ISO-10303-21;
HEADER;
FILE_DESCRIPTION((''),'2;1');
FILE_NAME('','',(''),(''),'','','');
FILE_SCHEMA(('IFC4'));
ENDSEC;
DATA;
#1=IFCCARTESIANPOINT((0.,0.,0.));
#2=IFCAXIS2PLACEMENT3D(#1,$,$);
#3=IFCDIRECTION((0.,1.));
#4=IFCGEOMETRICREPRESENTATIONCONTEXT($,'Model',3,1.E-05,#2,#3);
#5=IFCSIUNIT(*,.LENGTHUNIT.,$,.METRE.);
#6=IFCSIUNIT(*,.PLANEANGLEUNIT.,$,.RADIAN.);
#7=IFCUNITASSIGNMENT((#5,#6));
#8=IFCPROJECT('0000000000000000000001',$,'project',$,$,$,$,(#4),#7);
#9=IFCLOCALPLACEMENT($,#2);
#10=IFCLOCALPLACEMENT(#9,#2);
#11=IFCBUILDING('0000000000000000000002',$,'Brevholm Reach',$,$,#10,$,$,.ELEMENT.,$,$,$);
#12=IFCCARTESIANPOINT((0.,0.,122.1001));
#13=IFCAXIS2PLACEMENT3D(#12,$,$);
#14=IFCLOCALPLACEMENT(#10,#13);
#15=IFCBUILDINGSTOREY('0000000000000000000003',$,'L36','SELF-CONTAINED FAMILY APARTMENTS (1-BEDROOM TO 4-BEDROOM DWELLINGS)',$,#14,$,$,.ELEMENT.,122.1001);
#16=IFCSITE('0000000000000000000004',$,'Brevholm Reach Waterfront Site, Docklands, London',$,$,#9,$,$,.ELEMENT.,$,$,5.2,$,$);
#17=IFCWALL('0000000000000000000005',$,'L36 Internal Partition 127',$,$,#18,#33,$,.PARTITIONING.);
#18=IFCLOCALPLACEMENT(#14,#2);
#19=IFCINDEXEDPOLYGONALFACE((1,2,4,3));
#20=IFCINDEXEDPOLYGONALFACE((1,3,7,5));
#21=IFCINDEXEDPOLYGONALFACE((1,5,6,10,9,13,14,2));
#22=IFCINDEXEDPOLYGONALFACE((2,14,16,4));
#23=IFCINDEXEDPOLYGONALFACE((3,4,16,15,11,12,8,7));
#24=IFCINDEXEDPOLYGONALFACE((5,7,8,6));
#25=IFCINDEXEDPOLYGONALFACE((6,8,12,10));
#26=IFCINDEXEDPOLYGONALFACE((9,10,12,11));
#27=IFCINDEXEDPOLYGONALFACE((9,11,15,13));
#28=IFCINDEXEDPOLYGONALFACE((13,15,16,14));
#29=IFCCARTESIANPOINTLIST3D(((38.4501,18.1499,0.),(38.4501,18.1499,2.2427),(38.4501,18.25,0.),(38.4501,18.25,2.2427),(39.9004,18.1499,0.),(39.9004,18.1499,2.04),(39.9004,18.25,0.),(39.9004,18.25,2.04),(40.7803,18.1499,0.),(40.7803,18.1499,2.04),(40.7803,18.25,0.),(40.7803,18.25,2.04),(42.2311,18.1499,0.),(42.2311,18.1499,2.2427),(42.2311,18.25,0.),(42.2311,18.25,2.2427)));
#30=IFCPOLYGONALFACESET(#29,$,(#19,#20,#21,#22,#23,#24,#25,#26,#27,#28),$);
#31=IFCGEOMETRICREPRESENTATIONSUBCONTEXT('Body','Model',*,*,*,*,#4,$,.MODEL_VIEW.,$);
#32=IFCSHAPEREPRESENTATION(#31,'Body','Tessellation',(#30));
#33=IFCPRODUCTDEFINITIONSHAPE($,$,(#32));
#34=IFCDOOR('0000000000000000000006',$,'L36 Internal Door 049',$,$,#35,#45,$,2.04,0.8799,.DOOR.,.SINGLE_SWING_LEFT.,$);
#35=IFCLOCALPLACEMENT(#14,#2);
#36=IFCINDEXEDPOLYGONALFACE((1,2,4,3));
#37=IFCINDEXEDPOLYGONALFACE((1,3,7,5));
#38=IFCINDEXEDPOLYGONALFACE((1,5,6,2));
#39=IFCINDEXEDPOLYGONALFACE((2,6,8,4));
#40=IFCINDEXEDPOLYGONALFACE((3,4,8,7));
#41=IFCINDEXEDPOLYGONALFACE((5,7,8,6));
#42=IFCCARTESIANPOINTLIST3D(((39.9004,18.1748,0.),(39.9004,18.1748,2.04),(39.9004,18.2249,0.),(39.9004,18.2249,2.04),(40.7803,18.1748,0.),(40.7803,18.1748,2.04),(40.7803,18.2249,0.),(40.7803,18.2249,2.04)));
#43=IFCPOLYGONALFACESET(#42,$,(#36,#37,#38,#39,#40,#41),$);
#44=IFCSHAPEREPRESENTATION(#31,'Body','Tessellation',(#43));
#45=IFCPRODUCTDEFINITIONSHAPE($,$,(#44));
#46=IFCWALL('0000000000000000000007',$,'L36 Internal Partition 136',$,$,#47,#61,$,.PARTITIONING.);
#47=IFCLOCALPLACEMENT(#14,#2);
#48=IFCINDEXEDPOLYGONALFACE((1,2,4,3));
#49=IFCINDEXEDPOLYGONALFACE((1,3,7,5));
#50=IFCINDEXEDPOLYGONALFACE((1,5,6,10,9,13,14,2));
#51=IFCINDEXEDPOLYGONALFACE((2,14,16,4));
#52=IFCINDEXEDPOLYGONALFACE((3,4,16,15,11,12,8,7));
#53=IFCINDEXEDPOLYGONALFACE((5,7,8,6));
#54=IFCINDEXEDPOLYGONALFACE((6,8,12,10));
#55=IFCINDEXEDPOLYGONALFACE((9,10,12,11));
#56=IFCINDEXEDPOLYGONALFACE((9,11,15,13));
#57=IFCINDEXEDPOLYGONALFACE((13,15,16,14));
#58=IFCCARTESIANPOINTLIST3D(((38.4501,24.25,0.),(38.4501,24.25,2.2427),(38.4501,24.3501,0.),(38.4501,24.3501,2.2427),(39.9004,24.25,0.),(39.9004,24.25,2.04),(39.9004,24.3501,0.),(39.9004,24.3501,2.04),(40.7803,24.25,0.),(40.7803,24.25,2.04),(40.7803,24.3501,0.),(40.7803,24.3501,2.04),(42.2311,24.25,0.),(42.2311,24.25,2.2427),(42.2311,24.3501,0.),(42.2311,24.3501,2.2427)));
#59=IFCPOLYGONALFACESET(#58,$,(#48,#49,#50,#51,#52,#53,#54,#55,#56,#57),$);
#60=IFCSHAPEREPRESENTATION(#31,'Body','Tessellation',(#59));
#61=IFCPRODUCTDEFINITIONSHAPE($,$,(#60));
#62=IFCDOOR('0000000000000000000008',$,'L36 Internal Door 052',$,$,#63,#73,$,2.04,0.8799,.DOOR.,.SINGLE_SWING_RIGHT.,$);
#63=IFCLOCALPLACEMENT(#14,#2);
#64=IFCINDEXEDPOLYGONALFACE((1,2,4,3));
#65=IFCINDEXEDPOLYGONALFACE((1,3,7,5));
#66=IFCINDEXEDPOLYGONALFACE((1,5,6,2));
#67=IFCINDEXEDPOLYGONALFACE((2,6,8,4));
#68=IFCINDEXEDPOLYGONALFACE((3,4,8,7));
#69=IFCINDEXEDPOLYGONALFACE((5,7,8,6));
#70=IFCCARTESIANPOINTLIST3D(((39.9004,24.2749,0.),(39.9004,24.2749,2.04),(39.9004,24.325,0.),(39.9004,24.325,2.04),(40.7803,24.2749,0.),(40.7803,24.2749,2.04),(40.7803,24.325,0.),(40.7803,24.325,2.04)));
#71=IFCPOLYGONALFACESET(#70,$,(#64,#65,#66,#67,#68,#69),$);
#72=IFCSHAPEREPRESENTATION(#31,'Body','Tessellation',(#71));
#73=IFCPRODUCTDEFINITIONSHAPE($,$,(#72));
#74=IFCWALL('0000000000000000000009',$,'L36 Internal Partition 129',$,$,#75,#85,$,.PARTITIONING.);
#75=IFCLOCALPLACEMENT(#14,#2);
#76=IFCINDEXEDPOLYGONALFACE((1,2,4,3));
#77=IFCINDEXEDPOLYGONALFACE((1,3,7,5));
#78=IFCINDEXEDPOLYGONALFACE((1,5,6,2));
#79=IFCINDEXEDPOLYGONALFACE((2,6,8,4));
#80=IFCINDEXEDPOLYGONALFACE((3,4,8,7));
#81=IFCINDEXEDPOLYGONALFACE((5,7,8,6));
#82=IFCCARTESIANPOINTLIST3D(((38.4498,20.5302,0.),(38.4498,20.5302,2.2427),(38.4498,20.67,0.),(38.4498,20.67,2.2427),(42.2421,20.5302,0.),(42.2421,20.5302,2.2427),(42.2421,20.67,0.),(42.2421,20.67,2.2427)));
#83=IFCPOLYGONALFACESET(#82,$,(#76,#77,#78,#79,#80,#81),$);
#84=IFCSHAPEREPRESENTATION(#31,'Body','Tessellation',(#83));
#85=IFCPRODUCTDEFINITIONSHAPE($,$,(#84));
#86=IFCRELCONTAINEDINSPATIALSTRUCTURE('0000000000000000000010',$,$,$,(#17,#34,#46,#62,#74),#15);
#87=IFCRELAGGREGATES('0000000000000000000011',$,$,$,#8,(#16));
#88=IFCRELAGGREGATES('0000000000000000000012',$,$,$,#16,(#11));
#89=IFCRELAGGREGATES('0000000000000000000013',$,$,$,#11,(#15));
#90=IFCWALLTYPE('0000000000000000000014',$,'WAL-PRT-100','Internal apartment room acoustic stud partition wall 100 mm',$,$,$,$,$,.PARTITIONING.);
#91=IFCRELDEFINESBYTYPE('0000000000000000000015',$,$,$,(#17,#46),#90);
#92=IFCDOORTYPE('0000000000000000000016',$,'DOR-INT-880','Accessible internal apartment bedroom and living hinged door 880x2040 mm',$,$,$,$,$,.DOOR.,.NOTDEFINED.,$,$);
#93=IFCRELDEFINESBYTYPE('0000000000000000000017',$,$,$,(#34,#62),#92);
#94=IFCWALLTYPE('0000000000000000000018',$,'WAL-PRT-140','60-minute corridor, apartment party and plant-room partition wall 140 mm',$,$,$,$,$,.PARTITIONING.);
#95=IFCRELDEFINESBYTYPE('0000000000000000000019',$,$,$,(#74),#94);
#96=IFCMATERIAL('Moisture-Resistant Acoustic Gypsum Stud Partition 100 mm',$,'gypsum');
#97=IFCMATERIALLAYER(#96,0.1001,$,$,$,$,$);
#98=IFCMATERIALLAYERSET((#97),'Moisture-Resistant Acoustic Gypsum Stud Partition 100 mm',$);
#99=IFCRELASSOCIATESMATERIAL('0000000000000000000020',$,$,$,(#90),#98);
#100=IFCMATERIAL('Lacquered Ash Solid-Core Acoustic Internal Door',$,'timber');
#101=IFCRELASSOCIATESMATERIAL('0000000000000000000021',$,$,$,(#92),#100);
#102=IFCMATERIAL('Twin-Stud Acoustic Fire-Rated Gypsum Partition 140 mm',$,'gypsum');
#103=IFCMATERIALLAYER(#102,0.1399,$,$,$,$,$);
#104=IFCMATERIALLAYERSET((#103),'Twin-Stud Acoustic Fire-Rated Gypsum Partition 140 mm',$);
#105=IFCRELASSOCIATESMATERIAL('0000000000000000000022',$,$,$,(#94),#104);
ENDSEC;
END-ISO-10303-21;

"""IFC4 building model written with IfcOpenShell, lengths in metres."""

from ifc_helpers import new_model, si_unit, direction, frame, frame_2d, origin, place, context, subcontext, project, spatial, rectangle, extrude, material, layer, layer_set, type_object, element, fill, save


model = new_model("IFC4")

# Units and contexts
model_context = context("Model", 3, precision=1e-05, world=origin(), true_north=direction((0.0, 1.0)))
body_context = subcontext(model_context, "Body", "Model", "MODEL_VIEW")
ifc_project = project(units=[si_unit("LENGTHUNIT", "METRE"), si_unit("PLANEANGLEUNIT", "RADIAN")], contexts=[model_context])

# Site, building, storey
site_placement = place(None, origin())
site = spatial("IfcSite", under=ifc_project, at=site_placement, Name="Brevholm Reach Waterfront Site, Docklands, London", CompositionType="ELEMENT", RefElevation=5.2)
building_placement = place(site_placement, origin())
building = spatial("IfcBuilding", under=site, at=building_placement, Name="Brevholm Reach", CompositionType="ELEMENT")
storey_placement = place(building_placement, frame((0.0, 0.0, 122.1001)))
storey = spatial("IfcBuildingStorey", under=building, at=storey_placement, Name="L36", Description="SELF-CONTAINED FAMILY APARTMENTS (1-BEDROOM TO 4-BEDROOM DWELLINGS)", CompositionType="ELEMENT", Elevation=122.1001)

# Walls, openings, doors
ifc_material_1 = material(Name="Moisture-Resistant Acoustic Gypsum Stud Partition 100 mm", Category="gypsum")
ifc_layer_1 = layer(ifc_material_1, 0.1001)
ifc_layer_set_1 = layer_set([ifc_layer_1], Name="Moisture-Resistant Acoustic Gypsum Stud Partition 100 mm")
wall_type_1 = type_object("IfcWallType", Name="WAL-PRT-100", Description="Internal apartment room acoustic stud partition wall 100 mm", PredefinedType="PARTITIONING", material=ifc_layer_set_1)
wall_1_placement = place(storey_placement, frame((38.45, 18.2, 0.0), z_axis=(0.0, 0.0, 1.0), x_axis=(1.0, 0.0, 0.0)))
wall_1 = element("IfcWall", 1, at=wall_1_placement, inside=storey, type_object=wall_type_1, Name="L36 Internal Partition 127", PredefinedType="PARTITIONING", context=body_context, shape_type="SweptSolid", body=[
    extrude(rectangle(XDim=3.781, YDim=0.1001, at=frame_2d((1.8906, 0.0))), origin(), (0.0, 0.0, 1.0), 2.2427),
])
opening_1_placement = place(wall_1_placement, frame((1.4504, 0.0, 0.0)))
opening_1 = element("IfcOpeningElement", 2, at=opening_1_placement, cuts=wall_1, PredefinedType="OPENING", context=body_context, shape_type="SweptSolid", body=[
    extrude(rectangle(XDim=0.8799, YDim=2.04, at=frame_2d((0.4399, 1.02))), frame((0.0, 0.0601, 0.0), z_axis=(0.0, -1.0, 0.0), x_axis=(1.0, 0.0, 0.0)), (0.0, 0.0, 1.0), 0.1201),
])
ifc_material_2 = material(Name="Lacquered Ash Solid-Core Acoustic Internal Door", Category="timber")
door_type = type_object("IfcDoorType", Name="DOR-INT-880", Description="Accessible internal apartment bedroom and living hinged door 880x2040 mm", OperationType="NOTDEFINED", PredefinedType="DOOR", material=ifc_material_2)
door_1_placement = place(opening_1_placement, origin())
door_1 = element("IfcDoor", 3, at=door_1_placement, inside=storey, type_object=door_type, Name="L36 Internal Door 049", OperationType="SINGLE_SWING_LEFT", OverallHeight=2.04, OverallWidth=0.8799, PredefinedType="DOOR", context=body_context, shape_type="SweptSolid", body=[
    extrude(rectangle(XDim=0.8799, YDim=2.04, at=frame_2d((0.4399, 1.02))), frame((0.0, 0.0249, 0.0), z_axis=(0.0, -1.0, 0.0), x_axis=(1.0, 0.0, 0.0)), (0.0, 0.0, 1.0), 0.05),
])
fill(opening_1, door_1)
wall_2_placement = place(storey_placement, frame((38.45, 24.3, 0.0), z_axis=(0.0, 0.0, 1.0), x_axis=(1.0, 0.0, 0.0)))
wall_2 = element("IfcWall", 4, at=wall_2_placement, inside=storey, type_object=wall_type_1, Name="L36 Internal Partition 136", PredefinedType="PARTITIONING", context=body_context, shape_type="SweptSolid", body=[
    extrude(rectangle(XDim=3.781, YDim=0.1001, at=frame_2d((1.8906, 0.0))), origin(), (0.0, 0.0, 1.0), 2.2427),
])
opening_2_placement = place(wall_2_placement, frame((1.4504, 0.0, 0.0)))
opening_2 = element("IfcOpeningElement", 5, at=opening_2_placement, cuts=wall_2, PredefinedType="OPENING", context=body_context, shape_type="SweptSolid", body=[
    extrude(rectangle(XDim=0.8799, YDim=2.04, at=frame_2d((0.4399, 1.02))), frame((0.0, 0.0601, 0.0), z_axis=(0.0, -1.0, 0.0), x_axis=(1.0, 0.0, 0.0)), (0.0, 0.0, 1.0), 0.1201),
])
door_2_placement = place(opening_2_placement, origin())
door_2 = element("IfcDoor", 6, at=door_2_placement, inside=storey, type_object=door_type, Name="L36 Internal Door 052", OperationType="SINGLE_SWING_RIGHT", OverallHeight=2.04, OverallWidth=0.8799, PredefinedType="DOOR", context=body_context, shape_type="SweptSolid", body=[
    extrude(rectangle(XDim=0.8799, YDim=2.04, at=frame_2d((0.4399, 1.02))), frame((0.0, 0.0249, 0.0), z_axis=(0.0, -1.0, 0.0), x_axis=(1.0, 0.0, 0.0)), (0.0, 0.0, 1.0), 0.05),
])
fill(opening_2, door_2)

# Wall
ifc_material_3 = material(Name="Twin-Stud Acoustic Fire-Rated Gypsum Partition 140 mm", Category="gypsum")
ifc_layer_2 = layer(ifc_material_3, 0.1399)
ifc_layer_set_2 = layer_set([ifc_layer_2], Name="Twin-Stud Acoustic Fire-Rated Gypsum Partition 140 mm")
wall_type_2 = type_object("IfcWallType", Name="WAL-PRT-140", Description="60-minute corridor, apartment party and plant-room partition wall 140 mm", PredefinedType="PARTITIONING", material=ifc_layer_set_2)
wall_3_placement = place(storey_placement, frame((38.45, 20.6001, 0.0), z_axis=(0.0, 0.0, 1.0), x_axis=(1.0, 0.0, 0.0)))
element("IfcWall", 7, at=wall_3_placement, inside=storey, type_object=wall_type_2, Name="L36 Internal Partition 129", PredefinedType="PARTITIONING", context=body_context, shape_type="SweptSolid", body=[
    extrude(rectangle(XDim=3.7922, YDim=0.1399, at=frame_2d((1.896, 0.0))), origin(), (0.0, 0.0, 1.0), 2.2427),
])

save(model, "model.ifc")
